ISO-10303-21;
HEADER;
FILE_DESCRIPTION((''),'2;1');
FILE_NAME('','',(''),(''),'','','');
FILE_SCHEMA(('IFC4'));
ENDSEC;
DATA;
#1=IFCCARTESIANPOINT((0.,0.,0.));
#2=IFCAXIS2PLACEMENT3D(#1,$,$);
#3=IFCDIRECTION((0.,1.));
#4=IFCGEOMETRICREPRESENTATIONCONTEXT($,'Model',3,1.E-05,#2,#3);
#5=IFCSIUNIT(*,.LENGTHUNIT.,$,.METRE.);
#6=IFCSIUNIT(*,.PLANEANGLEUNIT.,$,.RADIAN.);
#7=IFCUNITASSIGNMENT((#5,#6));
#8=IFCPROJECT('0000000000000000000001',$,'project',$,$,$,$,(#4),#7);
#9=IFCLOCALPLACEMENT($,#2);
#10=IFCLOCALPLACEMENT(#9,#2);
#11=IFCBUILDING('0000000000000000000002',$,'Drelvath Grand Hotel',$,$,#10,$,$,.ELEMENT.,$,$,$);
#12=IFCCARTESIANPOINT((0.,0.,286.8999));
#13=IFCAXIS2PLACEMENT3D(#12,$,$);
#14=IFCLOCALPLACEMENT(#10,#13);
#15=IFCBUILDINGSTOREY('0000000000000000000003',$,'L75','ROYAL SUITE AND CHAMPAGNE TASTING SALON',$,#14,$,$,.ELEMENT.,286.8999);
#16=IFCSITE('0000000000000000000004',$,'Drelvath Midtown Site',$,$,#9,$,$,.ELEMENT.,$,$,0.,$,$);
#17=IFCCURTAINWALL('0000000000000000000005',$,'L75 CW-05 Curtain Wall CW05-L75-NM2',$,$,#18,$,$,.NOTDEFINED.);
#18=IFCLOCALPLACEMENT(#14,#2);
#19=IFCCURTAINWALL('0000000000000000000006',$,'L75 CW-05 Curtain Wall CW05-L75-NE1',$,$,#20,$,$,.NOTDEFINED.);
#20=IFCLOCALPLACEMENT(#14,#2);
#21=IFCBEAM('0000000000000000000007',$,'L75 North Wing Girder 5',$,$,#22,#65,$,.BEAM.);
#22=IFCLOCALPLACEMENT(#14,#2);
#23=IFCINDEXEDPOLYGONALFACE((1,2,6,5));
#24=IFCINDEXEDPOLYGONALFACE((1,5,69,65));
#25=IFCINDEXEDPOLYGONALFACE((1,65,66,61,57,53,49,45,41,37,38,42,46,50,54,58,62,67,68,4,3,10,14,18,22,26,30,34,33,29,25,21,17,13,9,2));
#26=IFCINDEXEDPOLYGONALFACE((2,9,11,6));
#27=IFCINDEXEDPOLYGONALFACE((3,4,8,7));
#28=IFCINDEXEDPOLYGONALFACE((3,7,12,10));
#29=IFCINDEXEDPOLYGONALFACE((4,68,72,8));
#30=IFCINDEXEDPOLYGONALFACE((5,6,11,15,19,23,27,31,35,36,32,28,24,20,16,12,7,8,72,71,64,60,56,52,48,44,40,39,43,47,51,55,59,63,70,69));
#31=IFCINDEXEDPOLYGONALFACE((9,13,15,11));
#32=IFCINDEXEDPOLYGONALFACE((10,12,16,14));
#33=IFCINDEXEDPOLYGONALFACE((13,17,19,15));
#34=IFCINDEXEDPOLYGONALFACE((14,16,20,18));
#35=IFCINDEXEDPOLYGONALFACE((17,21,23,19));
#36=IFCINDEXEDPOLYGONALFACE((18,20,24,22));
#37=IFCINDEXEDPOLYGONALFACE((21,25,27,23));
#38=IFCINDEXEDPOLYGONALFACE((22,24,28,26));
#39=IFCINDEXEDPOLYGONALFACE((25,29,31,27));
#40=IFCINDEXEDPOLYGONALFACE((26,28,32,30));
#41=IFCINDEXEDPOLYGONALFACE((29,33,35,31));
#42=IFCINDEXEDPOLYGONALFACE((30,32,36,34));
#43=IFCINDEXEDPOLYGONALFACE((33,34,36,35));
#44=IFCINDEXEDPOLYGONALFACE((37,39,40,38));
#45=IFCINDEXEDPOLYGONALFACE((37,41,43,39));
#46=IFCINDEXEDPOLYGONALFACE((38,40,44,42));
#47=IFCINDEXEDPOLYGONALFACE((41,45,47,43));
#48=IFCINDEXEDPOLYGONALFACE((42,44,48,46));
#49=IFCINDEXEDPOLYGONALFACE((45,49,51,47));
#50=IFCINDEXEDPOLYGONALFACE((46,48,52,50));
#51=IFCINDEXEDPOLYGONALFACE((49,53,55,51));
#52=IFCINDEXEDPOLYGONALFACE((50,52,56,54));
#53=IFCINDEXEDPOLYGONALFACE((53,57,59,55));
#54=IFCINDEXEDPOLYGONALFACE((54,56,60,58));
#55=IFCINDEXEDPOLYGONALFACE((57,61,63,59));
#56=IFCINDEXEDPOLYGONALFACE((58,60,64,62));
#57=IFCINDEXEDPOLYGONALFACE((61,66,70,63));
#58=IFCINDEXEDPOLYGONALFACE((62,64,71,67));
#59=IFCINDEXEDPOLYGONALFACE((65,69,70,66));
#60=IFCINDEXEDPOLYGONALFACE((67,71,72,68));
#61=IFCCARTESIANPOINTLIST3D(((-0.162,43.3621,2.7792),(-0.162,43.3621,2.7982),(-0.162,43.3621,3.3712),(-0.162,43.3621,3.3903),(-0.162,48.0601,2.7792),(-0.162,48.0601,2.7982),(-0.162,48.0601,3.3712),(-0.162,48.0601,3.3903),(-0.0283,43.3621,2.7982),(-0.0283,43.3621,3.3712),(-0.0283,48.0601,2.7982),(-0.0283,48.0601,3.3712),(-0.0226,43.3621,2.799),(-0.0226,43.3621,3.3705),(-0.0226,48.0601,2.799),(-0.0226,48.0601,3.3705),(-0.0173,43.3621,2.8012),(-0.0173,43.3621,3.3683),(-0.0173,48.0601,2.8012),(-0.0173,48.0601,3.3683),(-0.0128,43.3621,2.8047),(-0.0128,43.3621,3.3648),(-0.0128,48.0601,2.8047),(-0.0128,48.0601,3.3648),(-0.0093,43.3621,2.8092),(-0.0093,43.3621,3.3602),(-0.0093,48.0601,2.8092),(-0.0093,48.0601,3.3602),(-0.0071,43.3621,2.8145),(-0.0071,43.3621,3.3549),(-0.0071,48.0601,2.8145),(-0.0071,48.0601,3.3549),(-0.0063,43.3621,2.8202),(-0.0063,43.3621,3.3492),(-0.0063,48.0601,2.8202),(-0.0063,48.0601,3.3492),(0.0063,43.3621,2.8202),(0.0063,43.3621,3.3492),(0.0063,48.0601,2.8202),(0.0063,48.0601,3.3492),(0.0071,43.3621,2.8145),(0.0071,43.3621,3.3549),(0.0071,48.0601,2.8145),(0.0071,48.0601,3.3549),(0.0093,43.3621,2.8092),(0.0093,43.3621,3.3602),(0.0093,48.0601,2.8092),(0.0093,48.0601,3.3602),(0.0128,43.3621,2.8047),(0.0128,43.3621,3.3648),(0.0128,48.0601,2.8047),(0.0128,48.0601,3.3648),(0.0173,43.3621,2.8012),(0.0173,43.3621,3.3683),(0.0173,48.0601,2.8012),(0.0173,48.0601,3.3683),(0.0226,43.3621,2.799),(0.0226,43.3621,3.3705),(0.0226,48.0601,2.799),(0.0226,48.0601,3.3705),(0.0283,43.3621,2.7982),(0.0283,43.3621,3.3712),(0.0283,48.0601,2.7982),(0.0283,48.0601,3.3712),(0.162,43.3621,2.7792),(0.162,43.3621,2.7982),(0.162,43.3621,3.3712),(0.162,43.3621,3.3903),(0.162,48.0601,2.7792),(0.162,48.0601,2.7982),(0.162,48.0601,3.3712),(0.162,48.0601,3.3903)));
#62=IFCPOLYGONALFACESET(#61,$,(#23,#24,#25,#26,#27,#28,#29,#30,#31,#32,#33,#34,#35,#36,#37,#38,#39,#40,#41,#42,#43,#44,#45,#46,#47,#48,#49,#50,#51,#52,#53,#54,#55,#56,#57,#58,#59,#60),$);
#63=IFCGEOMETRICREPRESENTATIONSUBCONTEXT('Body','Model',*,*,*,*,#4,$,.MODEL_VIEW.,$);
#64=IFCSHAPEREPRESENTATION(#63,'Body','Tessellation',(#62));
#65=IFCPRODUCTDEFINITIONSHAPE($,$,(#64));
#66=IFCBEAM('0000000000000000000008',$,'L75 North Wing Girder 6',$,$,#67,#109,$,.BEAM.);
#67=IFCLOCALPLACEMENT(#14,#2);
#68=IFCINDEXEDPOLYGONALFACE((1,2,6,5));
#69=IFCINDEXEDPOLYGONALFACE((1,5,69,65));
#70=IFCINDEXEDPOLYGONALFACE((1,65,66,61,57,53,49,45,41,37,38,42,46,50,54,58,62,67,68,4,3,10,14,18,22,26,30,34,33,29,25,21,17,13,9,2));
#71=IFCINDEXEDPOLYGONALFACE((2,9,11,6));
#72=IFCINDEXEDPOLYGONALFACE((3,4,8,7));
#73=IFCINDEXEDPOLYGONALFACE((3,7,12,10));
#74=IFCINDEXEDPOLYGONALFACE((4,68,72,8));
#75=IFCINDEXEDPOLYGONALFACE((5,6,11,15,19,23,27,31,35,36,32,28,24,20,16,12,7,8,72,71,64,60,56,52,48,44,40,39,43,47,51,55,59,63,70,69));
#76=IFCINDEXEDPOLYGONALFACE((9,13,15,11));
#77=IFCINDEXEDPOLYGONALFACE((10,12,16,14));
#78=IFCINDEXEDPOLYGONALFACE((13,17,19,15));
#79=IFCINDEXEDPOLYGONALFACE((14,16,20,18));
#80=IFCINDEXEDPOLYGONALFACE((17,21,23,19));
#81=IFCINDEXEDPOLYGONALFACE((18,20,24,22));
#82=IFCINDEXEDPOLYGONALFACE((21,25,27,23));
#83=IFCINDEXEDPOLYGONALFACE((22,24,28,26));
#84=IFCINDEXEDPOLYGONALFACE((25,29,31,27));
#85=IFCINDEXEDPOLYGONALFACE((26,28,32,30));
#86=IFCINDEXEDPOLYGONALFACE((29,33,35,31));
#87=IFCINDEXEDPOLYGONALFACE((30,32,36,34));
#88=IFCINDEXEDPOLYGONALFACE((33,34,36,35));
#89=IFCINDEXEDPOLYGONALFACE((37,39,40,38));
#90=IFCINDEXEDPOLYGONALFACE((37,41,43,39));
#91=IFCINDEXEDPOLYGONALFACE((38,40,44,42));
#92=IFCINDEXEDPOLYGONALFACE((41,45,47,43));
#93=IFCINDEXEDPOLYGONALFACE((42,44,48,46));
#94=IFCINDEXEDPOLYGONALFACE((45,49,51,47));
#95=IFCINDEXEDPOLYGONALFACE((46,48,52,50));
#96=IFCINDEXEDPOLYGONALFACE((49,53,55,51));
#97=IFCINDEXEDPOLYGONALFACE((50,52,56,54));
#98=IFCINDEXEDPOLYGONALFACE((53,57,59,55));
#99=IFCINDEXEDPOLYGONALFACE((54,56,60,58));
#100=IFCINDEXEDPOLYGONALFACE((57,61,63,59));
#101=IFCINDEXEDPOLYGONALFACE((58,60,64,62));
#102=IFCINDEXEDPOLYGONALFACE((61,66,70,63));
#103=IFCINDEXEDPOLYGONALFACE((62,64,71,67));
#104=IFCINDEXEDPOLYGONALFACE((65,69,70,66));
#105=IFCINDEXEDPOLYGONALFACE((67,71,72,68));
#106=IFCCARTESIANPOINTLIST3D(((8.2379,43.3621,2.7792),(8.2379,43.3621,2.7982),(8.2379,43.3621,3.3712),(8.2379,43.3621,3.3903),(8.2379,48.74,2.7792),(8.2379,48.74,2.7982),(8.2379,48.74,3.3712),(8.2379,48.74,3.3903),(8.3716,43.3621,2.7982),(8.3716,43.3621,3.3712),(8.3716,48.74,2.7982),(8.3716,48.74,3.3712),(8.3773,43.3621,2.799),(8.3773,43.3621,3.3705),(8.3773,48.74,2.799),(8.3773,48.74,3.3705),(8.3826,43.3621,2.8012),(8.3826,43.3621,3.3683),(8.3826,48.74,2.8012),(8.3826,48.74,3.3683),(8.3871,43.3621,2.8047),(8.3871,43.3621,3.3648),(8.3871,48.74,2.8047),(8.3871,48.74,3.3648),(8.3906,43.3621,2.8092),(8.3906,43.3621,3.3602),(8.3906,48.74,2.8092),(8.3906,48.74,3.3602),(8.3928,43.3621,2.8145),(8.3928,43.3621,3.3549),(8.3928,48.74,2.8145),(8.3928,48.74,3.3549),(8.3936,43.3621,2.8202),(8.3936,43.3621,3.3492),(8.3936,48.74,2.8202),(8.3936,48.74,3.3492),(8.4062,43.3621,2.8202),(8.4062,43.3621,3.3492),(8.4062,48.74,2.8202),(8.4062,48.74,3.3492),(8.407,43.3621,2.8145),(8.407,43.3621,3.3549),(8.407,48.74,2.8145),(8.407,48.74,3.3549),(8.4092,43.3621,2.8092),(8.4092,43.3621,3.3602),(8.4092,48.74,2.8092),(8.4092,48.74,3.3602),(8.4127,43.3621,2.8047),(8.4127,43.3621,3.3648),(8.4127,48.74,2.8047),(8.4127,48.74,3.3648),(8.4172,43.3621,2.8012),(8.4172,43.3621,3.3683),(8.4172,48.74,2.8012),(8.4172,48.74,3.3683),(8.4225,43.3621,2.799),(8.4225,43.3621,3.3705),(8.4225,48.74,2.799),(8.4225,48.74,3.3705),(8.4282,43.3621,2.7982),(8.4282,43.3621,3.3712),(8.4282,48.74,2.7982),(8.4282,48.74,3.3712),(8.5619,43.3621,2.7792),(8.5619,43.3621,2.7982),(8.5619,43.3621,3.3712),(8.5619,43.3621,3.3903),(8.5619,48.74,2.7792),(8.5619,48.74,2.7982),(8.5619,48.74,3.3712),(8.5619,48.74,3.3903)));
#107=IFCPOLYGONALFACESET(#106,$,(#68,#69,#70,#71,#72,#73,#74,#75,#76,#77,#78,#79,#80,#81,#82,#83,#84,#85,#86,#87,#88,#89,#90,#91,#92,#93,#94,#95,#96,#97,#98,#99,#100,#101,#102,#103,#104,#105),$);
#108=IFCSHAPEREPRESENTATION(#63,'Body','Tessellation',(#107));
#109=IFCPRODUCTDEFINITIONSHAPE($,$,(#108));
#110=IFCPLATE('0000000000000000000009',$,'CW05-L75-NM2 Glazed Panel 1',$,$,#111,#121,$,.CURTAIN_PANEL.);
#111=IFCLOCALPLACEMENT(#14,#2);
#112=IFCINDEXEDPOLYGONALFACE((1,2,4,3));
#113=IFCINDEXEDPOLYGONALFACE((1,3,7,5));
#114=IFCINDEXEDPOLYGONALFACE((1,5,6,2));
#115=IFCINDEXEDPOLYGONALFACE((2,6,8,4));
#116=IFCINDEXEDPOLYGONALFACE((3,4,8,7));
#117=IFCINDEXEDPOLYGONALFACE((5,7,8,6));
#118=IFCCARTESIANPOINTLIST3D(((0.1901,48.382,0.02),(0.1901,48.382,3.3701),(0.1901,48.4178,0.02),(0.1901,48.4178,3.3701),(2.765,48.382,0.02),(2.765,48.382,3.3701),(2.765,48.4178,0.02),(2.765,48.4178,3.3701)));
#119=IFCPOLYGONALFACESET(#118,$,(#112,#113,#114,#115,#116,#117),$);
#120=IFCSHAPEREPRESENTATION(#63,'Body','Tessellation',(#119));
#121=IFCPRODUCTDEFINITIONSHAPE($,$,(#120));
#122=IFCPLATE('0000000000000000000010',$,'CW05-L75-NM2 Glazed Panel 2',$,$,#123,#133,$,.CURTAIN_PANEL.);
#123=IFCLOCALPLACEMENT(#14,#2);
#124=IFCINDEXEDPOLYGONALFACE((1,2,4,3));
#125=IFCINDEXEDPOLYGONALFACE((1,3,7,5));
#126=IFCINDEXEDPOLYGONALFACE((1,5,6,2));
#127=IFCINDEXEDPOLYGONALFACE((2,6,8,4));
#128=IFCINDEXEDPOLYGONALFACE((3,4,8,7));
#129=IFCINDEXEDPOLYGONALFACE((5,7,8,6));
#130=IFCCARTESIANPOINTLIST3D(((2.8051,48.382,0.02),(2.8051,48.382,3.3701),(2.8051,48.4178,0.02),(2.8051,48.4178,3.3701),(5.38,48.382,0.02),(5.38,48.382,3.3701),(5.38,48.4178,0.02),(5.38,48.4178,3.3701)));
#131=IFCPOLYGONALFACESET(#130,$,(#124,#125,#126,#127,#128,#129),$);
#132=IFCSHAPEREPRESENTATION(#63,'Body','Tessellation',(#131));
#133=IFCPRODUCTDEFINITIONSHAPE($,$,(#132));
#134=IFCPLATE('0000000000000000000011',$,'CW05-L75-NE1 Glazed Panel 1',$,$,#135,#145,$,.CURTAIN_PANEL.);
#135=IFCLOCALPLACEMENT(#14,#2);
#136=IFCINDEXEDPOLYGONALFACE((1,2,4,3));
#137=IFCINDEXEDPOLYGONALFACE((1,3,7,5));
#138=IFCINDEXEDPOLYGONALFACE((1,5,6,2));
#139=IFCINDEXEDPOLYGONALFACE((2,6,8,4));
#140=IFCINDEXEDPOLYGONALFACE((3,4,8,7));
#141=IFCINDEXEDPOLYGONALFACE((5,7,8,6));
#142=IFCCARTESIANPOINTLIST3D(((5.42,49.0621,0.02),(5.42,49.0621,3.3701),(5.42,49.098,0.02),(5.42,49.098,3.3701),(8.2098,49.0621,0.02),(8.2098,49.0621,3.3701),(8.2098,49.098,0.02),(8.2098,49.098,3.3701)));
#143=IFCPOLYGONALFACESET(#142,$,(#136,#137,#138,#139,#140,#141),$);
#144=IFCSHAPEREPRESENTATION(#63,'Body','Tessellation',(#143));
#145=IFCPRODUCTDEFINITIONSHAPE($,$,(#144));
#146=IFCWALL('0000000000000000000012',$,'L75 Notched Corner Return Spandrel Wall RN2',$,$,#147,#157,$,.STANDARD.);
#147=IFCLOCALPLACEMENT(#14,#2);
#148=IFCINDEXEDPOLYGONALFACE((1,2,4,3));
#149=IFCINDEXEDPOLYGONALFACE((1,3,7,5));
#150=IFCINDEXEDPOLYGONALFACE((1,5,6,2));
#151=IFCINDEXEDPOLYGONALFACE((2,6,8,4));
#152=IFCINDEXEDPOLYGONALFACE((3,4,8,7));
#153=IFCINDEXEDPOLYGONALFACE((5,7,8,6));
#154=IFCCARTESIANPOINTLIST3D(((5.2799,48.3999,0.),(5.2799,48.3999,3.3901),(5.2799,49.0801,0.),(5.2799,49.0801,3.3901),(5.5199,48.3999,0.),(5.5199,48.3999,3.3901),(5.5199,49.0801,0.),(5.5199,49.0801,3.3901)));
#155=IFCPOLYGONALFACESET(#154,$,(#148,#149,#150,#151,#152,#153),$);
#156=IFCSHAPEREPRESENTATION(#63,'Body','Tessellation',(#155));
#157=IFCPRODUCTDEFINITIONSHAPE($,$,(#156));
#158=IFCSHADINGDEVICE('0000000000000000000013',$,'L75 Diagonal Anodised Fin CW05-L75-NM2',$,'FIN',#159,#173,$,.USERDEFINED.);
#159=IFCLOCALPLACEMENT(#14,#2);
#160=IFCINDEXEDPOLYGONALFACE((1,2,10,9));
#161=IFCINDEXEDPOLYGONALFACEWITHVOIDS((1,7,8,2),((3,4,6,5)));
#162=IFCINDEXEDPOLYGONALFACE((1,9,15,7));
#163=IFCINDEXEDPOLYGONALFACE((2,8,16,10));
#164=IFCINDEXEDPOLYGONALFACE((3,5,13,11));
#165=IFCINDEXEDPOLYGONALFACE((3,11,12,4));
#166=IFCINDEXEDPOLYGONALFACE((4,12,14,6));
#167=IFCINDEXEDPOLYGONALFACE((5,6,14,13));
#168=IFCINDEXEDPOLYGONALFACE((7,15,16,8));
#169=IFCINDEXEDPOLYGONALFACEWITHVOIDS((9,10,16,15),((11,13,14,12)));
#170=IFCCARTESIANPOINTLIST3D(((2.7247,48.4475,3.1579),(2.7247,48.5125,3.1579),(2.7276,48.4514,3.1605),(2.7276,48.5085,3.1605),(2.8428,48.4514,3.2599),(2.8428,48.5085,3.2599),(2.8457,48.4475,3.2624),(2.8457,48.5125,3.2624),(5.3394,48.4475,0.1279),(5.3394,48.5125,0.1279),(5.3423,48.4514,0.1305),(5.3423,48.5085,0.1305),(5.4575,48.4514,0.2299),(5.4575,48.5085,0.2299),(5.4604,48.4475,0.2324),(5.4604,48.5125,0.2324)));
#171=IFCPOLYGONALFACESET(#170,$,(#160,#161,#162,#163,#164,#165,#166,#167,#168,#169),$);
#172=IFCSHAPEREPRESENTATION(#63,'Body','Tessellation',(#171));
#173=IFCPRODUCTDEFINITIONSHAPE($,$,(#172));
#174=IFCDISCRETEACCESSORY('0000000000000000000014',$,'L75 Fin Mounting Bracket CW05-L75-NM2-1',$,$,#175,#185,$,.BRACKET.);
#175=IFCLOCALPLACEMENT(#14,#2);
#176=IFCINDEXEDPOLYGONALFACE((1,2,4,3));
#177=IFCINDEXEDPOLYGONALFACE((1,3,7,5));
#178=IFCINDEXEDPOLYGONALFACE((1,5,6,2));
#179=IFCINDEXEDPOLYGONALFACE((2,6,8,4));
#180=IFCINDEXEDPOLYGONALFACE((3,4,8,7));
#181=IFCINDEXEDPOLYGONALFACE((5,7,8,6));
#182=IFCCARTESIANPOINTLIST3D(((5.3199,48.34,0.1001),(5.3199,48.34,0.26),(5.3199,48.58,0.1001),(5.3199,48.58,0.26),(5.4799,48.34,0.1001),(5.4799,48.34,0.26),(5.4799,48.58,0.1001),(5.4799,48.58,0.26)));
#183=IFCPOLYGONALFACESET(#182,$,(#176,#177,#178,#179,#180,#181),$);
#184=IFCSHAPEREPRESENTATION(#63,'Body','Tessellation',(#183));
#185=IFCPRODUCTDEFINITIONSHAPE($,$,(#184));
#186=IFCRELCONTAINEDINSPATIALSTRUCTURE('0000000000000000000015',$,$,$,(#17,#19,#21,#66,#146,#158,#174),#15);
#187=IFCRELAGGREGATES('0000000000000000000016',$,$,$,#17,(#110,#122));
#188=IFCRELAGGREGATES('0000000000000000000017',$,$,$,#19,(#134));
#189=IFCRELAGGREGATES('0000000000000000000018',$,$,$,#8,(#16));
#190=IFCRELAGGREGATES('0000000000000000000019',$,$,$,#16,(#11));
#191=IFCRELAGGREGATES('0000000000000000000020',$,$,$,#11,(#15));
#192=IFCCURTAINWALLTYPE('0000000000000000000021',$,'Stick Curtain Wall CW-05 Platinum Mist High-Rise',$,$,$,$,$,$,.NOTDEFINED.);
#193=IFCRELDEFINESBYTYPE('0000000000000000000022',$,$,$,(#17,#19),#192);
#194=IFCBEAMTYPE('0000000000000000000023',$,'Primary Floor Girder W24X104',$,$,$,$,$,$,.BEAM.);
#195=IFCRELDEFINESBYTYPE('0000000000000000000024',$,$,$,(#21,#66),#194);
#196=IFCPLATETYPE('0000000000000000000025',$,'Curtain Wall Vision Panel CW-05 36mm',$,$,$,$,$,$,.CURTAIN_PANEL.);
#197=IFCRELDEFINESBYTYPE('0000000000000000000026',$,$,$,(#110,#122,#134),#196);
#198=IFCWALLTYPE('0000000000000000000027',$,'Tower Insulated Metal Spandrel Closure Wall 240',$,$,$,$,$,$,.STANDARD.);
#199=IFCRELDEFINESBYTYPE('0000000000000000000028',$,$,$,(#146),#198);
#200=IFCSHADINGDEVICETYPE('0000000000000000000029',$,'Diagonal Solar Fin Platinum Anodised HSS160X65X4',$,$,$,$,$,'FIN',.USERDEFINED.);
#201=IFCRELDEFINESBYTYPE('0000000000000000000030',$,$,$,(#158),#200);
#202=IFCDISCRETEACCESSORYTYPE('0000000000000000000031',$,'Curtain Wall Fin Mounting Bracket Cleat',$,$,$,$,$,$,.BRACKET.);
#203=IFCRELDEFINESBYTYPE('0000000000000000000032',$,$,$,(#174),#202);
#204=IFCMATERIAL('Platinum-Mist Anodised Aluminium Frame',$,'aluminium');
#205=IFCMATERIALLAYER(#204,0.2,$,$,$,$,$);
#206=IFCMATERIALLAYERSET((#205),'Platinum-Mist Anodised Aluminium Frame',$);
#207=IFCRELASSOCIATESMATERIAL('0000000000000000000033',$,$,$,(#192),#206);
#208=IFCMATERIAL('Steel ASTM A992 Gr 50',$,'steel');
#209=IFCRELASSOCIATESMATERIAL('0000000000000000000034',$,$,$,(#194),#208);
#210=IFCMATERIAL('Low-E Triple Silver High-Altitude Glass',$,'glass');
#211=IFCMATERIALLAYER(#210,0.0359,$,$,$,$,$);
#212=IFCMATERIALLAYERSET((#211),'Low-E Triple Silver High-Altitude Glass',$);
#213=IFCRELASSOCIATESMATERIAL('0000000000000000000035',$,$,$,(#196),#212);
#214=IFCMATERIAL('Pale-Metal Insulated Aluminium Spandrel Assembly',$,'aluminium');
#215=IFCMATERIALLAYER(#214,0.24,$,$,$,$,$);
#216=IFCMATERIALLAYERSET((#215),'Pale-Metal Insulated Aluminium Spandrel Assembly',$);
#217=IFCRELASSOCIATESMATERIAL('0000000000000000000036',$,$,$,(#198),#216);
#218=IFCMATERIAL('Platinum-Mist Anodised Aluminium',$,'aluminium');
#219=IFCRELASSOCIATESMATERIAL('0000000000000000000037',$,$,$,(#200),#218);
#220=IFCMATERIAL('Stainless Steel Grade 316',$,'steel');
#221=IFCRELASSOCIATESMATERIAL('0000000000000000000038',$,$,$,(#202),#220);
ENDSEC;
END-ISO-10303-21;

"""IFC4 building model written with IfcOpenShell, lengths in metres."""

from ifc_helpers import new_model, si_unit, direction, frame, frame_2d, origin, origin_2d, place, context, subcontext, project, spatial, rectangle, hollow_rectangle, i_section, extrude, material, layer, layer_set, material_profile, profile_set, type_object, element, aggregate, save


model = new_model("IFC4")

# Units and contexts
model_context = context("Model", 3, precision=1e-05, world=origin(), true_north=direction((0.0, 1.0)))
body_context = subcontext(model_context, "Body", "Model", "MODEL_VIEW")
ifc_project = project(units=[si_unit("LENGTHUNIT", "METRE"), si_unit("PLANEANGLEUNIT", "RADIAN")], contexts=[model_context])

# Site, building, storey
site_placement = place(None, origin())
site = spatial("IfcSite", under=ifc_project, at=site_placement, Name="Drelvath Midtown Site", CompositionType="ELEMENT", RefElevation=0.0)
building_placement = place(site_placement, origin())
building = spatial("IfcBuilding", under=site, at=building_placement, Name="Drelvath Grand Hotel", CompositionType="ELEMENT")
storey_placement = place(building_placement, frame((0.0, 0.0, 286.8999)))
storey = spatial("IfcBuildingStorey", under=building, at=storey_placement, Name="L75", Description="ROYAL SUITE AND CHAMPAGNE TASTING SALON", CompositionType="ELEMENT", Elevation=286.8999)

# Curtain walls
ifc_material_1 = material(Name="Platinum-Mist Anodised Aluminium Frame", Category="aluminium")
ifc_layer_1 = layer(ifc_material_1, 0.2)
ifc_layer_set_1 = layer_set([ifc_layer_1], Name="Platinum-Mist Anodised Aluminium Frame")
curtain_wall_type = type_object("IfcCurtainWallType", Name="Stick Curtain Wall CW-05 Platinum Mist High-Rise", PredefinedType="NOTDEFINED", material=ifc_layer_set_1)
curtain_wall_1_placement = place(storey_placement, origin())
curtain_wall_1 = element("IfcCurtainWall", 1, at=curtain_wall_1_placement, inside=storey, type_object=curtain_wall_type, Name="L75 CW-05 Curtain Wall CW05-L75-NM2", PredefinedType="NOTDEFINED")
curtain_wall_2_placement = place(storey_placement, origin())
curtain_wall_2 = element("IfcCurtainWall", 2, at=curtain_wall_2_placement, inside=storey, type_object=curtain_wall_type, Name="L75 CW-05 Curtain Wall CW05-L75-NE1", PredefinedType="NOTDEFINED")

# Beams
ifc_material_2 = material(Name="Steel ASTM A992 Gr 50", Category="steel")
ifc_material_profile_1 = material_profile(ifc_material_2, i_section(OverallWidth=0.324, OverallDepth=0.6111, WebThickness=0.0127, FlangeThickness=0.019, FilletRadius=0.022, at=origin_2d()), Name="W24X104")
ifc_profile_set_1 = profile_set([ifc_material_profile_1], Name="Steel ASTM A992 Gr 50")
beam_type_1 = type_object("IfcBeamType", Name="Primary Floor Girder W24X104", PredefinedType="BEAM", material=ifc_profile_set_1)
beam_1_placement = place(storey_placement, frame((0.0, 43.3621, 3.0847), z_axis=(0.0, 1.0, 0.0), x_axis=(-1.0, 0.0, 0.0)))
element("IfcBeam", 3, at=beam_1_placement, inside=storey, type_object=beam_type_1, Name="L75 North Wing Girder 5", PredefinedType="BEAM", context=body_context, shape_type="SweptSolid", body=[
    extrude(i_section(OverallWidth=0.324, OverallDepth=0.6111, WebThickness=0.0127, FlangeThickness=0.019, FilletRadius=0.022, at=origin_2d()), origin(), (0.0, 0.0, 1.0), 4.698),
])
beam_2_placement = place(storey_placement, frame((8.3999, 43.3621, 3.0847), z_axis=(0.0, 1.0, 0.0), x_axis=(-1.0, 0.0, 0.0)))
element("IfcBeam", 4, at=beam_2_placement, inside=storey, type_object=beam_type_1, Name="L75 North Wing Girder 6", PredefinedType="BEAM", context=body_context, shape_type="SweptSolid", body=[
    extrude(i_section(OverallWidth=0.324, OverallDepth=0.6111, WebThickness=0.0127, FlangeThickness=0.019, FilletRadius=0.022, at=origin_2d()), origin(), (0.0, 0.0, 1.0), 5.3779),
])

# Plates
ifc_material_3 = material(Name="Low-E Triple Silver High-Altitude Glass", Category="glass")
ifc_layer_2 = layer(ifc_material_3, 0.0359)
ifc_layer_set_2 = layer_set([ifc_layer_2], Name="Low-E Triple Silver High-Altitude Glass")
plate_type = type_object("IfcPlateType", Name="Curtain Wall Vision Panel CW-05 36mm", PredefinedType="CURTAIN_PANEL", material=ifc_layer_set_2)
plate_1_placement = place(storey_placement, frame((1.4775, 48.3999, 0.02), z_axis=(0.0, 0.0, 1.0), x_axis=(1.0, 0.0, 0.0)))
plate_1 = element("IfcPlate", 5, at=plate_1_placement, type_object=plate_type, Name="CW05-L75-NM2 Glazed Panel 1", PredefinedType="CURTAIN_PANEL", context=body_context, shape_type="SweptSolid", body=[
    extrude(rectangle(XDim=2.575, YDim=0.0359, at=origin_2d()), origin(), (0.0, 0.0, 1.0), 3.3501),
])
plate_2_placement = place(storey_placement, frame((4.0925, 48.3999, 0.02), z_axis=(0.0, 0.0, 1.0), x_axis=(1.0, 0.0, 0.0)))
plate_2 = element("IfcPlate", 6, at=plate_2_placement, type_object=plate_type, Name="CW05-L75-NM2 Glazed Panel 2", PredefinedType="CURTAIN_PANEL", context=body_context, shape_type="SweptSolid", body=[
    extrude(rectangle(XDim=2.575, YDim=0.0359, at=origin_2d()), origin(), (0.0, 0.0, 1.0), 3.3501),
])
aggregate(curtain_wall_1, [plate_1, plate_2])
plate_3_placement = place(storey_placement, frame((6.8149, 49.0801, 0.02), z_axis=(0.0, 0.0, 1.0), x_axis=(1.0, 0.0, 0.0)))
plate_3 = element("IfcPlate", 7, at=plate_3_placement, type_object=plate_type, Name="CW05-L75-NE1 Glazed Panel 1", PredefinedType="CURTAIN_PANEL", context=body_context, shape_type="SweptSolid", body=[
    extrude(rectangle(XDim=2.7898, YDim=0.0359, at=origin_2d()), origin(), (0.0, 0.0, 1.0), 3.3501),
])
aggregate(curtain_wall_2, [plate_3])

# Wall
ifc_material_4 = material(Name="Pale-Metal Insulated Aluminium Spandrel Assembly", Category="aluminium")
ifc_layer_3 = layer(ifc_material_4, 0.24)
ifc_layer_set_3 = layer_set([ifc_layer_3], Name="Pale-Metal Insulated Aluminium Spandrel Assembly")
wall_type = type_object("IfcWallType", Name="Tower Insulated Metal Spandrel Closure Wall 240", PredefinedType="STANDARD", material=ifc_layer_set_3)
wall_placement = place(storey_placement, frame((5.3999, 48.3999, 0.0), z_axis=(0.0, 0.0, 1.0), x_axis=(0.0, 1.0, 0.0)))
element("IfcWall", 8, at=wall_placement, inside=storey, type_object=wall_type, Name="L75 Notched Corner Return Spandrel Wall RN2", PredefinedType="STANDARD", context=body_context, shape_type="SweptSolid", body=[
    extrude(rectangle(XDim=0.6802, YDim=0.24, at=frame_2d((0.3401, 0.0))), origin(), (0.0, 0.0, 1.0), 3.3901),
])

# Shading device
ifc_material_5 = material(Name="Platinum-Mist Anodised Aluminium", Category="aluminium")
ifc_material_profile_2 = material_profile(ifc_material_5, hollow_rectangle(XDim=0.0649, YDim=0.1599, WallThickness=0.0039, at=origin_2d()), Name="HSS160X65X4")
ifc_profile_set_2 = profile_set([ifc_material_profile_2], Name="Platinum-Mist Anodised Aluminium")
shading_device_type = type_object("IfcShadingDeviceType", Name="Diagonal Solar Fin Platinum Anodised HSS160X65X4", ElementType="FIN", PredefinedType="USERDEFINED", material=ifc_profile_set_2)
shading_device_placement = place(storey_placement, frame((5.3999, 48.48, 0.1802), z_axis=(-0.65332, 0.0, 0.757082), x_axis=(0.0, -1.0, 0.0)))
element("IfcShadingDevice", 9, at=shading_device_placement, inside=storey, type_object=shading_device_type, Name="L75 Diagonal Anodised Fin CW05-L75-NM2", ObjectType="FIN", PredefinedType="USERDEFINED", context=body_context, shape_type="SweptSolid", body=[
    extrude(hollow_rectangle(XDim=0.0649, YDim=0.1599, WallThickness=0.0039, at=origin_2d()), origin(), (0.0, 0.0, 1.0), 4.0022),
])

# Discrete accessory
ifc_material_6 = material(Name="Stainless Steel Grade 316", Category="steel")
discrete_accessory_type = type_object("IfcDiscreteAccessoryType", Name="Curtain Wall Fin Mounting Bracket Cleat", PredefinedType="BRACKET", material=ifc_material_6)
discrete_accessory_placement = place(storey_placement, frame((5.3999, 48.46, 0.1001), z_axis=(0.0, 0.0, 1.0), x_axis=(1.0, 0.0, 0.0)))
element("IfcDiscreteAccessory", 10, at=discrete_accessory_placement, inside=storey, type_object=discrete_accessory_type, Name="L75 Fin Mounting Bracket CW05-L75-NM2-1", PredefinedType="BRACKET", context=body_context, shape_type="SweptSolid", body=[
    extrude(rectangle(XDim=0.1599, YDim=0.24, at=origin_2d()), origin(), (0.0, 0.0, 1.0), 0.1599),
])

save(model, "model.ifc")
